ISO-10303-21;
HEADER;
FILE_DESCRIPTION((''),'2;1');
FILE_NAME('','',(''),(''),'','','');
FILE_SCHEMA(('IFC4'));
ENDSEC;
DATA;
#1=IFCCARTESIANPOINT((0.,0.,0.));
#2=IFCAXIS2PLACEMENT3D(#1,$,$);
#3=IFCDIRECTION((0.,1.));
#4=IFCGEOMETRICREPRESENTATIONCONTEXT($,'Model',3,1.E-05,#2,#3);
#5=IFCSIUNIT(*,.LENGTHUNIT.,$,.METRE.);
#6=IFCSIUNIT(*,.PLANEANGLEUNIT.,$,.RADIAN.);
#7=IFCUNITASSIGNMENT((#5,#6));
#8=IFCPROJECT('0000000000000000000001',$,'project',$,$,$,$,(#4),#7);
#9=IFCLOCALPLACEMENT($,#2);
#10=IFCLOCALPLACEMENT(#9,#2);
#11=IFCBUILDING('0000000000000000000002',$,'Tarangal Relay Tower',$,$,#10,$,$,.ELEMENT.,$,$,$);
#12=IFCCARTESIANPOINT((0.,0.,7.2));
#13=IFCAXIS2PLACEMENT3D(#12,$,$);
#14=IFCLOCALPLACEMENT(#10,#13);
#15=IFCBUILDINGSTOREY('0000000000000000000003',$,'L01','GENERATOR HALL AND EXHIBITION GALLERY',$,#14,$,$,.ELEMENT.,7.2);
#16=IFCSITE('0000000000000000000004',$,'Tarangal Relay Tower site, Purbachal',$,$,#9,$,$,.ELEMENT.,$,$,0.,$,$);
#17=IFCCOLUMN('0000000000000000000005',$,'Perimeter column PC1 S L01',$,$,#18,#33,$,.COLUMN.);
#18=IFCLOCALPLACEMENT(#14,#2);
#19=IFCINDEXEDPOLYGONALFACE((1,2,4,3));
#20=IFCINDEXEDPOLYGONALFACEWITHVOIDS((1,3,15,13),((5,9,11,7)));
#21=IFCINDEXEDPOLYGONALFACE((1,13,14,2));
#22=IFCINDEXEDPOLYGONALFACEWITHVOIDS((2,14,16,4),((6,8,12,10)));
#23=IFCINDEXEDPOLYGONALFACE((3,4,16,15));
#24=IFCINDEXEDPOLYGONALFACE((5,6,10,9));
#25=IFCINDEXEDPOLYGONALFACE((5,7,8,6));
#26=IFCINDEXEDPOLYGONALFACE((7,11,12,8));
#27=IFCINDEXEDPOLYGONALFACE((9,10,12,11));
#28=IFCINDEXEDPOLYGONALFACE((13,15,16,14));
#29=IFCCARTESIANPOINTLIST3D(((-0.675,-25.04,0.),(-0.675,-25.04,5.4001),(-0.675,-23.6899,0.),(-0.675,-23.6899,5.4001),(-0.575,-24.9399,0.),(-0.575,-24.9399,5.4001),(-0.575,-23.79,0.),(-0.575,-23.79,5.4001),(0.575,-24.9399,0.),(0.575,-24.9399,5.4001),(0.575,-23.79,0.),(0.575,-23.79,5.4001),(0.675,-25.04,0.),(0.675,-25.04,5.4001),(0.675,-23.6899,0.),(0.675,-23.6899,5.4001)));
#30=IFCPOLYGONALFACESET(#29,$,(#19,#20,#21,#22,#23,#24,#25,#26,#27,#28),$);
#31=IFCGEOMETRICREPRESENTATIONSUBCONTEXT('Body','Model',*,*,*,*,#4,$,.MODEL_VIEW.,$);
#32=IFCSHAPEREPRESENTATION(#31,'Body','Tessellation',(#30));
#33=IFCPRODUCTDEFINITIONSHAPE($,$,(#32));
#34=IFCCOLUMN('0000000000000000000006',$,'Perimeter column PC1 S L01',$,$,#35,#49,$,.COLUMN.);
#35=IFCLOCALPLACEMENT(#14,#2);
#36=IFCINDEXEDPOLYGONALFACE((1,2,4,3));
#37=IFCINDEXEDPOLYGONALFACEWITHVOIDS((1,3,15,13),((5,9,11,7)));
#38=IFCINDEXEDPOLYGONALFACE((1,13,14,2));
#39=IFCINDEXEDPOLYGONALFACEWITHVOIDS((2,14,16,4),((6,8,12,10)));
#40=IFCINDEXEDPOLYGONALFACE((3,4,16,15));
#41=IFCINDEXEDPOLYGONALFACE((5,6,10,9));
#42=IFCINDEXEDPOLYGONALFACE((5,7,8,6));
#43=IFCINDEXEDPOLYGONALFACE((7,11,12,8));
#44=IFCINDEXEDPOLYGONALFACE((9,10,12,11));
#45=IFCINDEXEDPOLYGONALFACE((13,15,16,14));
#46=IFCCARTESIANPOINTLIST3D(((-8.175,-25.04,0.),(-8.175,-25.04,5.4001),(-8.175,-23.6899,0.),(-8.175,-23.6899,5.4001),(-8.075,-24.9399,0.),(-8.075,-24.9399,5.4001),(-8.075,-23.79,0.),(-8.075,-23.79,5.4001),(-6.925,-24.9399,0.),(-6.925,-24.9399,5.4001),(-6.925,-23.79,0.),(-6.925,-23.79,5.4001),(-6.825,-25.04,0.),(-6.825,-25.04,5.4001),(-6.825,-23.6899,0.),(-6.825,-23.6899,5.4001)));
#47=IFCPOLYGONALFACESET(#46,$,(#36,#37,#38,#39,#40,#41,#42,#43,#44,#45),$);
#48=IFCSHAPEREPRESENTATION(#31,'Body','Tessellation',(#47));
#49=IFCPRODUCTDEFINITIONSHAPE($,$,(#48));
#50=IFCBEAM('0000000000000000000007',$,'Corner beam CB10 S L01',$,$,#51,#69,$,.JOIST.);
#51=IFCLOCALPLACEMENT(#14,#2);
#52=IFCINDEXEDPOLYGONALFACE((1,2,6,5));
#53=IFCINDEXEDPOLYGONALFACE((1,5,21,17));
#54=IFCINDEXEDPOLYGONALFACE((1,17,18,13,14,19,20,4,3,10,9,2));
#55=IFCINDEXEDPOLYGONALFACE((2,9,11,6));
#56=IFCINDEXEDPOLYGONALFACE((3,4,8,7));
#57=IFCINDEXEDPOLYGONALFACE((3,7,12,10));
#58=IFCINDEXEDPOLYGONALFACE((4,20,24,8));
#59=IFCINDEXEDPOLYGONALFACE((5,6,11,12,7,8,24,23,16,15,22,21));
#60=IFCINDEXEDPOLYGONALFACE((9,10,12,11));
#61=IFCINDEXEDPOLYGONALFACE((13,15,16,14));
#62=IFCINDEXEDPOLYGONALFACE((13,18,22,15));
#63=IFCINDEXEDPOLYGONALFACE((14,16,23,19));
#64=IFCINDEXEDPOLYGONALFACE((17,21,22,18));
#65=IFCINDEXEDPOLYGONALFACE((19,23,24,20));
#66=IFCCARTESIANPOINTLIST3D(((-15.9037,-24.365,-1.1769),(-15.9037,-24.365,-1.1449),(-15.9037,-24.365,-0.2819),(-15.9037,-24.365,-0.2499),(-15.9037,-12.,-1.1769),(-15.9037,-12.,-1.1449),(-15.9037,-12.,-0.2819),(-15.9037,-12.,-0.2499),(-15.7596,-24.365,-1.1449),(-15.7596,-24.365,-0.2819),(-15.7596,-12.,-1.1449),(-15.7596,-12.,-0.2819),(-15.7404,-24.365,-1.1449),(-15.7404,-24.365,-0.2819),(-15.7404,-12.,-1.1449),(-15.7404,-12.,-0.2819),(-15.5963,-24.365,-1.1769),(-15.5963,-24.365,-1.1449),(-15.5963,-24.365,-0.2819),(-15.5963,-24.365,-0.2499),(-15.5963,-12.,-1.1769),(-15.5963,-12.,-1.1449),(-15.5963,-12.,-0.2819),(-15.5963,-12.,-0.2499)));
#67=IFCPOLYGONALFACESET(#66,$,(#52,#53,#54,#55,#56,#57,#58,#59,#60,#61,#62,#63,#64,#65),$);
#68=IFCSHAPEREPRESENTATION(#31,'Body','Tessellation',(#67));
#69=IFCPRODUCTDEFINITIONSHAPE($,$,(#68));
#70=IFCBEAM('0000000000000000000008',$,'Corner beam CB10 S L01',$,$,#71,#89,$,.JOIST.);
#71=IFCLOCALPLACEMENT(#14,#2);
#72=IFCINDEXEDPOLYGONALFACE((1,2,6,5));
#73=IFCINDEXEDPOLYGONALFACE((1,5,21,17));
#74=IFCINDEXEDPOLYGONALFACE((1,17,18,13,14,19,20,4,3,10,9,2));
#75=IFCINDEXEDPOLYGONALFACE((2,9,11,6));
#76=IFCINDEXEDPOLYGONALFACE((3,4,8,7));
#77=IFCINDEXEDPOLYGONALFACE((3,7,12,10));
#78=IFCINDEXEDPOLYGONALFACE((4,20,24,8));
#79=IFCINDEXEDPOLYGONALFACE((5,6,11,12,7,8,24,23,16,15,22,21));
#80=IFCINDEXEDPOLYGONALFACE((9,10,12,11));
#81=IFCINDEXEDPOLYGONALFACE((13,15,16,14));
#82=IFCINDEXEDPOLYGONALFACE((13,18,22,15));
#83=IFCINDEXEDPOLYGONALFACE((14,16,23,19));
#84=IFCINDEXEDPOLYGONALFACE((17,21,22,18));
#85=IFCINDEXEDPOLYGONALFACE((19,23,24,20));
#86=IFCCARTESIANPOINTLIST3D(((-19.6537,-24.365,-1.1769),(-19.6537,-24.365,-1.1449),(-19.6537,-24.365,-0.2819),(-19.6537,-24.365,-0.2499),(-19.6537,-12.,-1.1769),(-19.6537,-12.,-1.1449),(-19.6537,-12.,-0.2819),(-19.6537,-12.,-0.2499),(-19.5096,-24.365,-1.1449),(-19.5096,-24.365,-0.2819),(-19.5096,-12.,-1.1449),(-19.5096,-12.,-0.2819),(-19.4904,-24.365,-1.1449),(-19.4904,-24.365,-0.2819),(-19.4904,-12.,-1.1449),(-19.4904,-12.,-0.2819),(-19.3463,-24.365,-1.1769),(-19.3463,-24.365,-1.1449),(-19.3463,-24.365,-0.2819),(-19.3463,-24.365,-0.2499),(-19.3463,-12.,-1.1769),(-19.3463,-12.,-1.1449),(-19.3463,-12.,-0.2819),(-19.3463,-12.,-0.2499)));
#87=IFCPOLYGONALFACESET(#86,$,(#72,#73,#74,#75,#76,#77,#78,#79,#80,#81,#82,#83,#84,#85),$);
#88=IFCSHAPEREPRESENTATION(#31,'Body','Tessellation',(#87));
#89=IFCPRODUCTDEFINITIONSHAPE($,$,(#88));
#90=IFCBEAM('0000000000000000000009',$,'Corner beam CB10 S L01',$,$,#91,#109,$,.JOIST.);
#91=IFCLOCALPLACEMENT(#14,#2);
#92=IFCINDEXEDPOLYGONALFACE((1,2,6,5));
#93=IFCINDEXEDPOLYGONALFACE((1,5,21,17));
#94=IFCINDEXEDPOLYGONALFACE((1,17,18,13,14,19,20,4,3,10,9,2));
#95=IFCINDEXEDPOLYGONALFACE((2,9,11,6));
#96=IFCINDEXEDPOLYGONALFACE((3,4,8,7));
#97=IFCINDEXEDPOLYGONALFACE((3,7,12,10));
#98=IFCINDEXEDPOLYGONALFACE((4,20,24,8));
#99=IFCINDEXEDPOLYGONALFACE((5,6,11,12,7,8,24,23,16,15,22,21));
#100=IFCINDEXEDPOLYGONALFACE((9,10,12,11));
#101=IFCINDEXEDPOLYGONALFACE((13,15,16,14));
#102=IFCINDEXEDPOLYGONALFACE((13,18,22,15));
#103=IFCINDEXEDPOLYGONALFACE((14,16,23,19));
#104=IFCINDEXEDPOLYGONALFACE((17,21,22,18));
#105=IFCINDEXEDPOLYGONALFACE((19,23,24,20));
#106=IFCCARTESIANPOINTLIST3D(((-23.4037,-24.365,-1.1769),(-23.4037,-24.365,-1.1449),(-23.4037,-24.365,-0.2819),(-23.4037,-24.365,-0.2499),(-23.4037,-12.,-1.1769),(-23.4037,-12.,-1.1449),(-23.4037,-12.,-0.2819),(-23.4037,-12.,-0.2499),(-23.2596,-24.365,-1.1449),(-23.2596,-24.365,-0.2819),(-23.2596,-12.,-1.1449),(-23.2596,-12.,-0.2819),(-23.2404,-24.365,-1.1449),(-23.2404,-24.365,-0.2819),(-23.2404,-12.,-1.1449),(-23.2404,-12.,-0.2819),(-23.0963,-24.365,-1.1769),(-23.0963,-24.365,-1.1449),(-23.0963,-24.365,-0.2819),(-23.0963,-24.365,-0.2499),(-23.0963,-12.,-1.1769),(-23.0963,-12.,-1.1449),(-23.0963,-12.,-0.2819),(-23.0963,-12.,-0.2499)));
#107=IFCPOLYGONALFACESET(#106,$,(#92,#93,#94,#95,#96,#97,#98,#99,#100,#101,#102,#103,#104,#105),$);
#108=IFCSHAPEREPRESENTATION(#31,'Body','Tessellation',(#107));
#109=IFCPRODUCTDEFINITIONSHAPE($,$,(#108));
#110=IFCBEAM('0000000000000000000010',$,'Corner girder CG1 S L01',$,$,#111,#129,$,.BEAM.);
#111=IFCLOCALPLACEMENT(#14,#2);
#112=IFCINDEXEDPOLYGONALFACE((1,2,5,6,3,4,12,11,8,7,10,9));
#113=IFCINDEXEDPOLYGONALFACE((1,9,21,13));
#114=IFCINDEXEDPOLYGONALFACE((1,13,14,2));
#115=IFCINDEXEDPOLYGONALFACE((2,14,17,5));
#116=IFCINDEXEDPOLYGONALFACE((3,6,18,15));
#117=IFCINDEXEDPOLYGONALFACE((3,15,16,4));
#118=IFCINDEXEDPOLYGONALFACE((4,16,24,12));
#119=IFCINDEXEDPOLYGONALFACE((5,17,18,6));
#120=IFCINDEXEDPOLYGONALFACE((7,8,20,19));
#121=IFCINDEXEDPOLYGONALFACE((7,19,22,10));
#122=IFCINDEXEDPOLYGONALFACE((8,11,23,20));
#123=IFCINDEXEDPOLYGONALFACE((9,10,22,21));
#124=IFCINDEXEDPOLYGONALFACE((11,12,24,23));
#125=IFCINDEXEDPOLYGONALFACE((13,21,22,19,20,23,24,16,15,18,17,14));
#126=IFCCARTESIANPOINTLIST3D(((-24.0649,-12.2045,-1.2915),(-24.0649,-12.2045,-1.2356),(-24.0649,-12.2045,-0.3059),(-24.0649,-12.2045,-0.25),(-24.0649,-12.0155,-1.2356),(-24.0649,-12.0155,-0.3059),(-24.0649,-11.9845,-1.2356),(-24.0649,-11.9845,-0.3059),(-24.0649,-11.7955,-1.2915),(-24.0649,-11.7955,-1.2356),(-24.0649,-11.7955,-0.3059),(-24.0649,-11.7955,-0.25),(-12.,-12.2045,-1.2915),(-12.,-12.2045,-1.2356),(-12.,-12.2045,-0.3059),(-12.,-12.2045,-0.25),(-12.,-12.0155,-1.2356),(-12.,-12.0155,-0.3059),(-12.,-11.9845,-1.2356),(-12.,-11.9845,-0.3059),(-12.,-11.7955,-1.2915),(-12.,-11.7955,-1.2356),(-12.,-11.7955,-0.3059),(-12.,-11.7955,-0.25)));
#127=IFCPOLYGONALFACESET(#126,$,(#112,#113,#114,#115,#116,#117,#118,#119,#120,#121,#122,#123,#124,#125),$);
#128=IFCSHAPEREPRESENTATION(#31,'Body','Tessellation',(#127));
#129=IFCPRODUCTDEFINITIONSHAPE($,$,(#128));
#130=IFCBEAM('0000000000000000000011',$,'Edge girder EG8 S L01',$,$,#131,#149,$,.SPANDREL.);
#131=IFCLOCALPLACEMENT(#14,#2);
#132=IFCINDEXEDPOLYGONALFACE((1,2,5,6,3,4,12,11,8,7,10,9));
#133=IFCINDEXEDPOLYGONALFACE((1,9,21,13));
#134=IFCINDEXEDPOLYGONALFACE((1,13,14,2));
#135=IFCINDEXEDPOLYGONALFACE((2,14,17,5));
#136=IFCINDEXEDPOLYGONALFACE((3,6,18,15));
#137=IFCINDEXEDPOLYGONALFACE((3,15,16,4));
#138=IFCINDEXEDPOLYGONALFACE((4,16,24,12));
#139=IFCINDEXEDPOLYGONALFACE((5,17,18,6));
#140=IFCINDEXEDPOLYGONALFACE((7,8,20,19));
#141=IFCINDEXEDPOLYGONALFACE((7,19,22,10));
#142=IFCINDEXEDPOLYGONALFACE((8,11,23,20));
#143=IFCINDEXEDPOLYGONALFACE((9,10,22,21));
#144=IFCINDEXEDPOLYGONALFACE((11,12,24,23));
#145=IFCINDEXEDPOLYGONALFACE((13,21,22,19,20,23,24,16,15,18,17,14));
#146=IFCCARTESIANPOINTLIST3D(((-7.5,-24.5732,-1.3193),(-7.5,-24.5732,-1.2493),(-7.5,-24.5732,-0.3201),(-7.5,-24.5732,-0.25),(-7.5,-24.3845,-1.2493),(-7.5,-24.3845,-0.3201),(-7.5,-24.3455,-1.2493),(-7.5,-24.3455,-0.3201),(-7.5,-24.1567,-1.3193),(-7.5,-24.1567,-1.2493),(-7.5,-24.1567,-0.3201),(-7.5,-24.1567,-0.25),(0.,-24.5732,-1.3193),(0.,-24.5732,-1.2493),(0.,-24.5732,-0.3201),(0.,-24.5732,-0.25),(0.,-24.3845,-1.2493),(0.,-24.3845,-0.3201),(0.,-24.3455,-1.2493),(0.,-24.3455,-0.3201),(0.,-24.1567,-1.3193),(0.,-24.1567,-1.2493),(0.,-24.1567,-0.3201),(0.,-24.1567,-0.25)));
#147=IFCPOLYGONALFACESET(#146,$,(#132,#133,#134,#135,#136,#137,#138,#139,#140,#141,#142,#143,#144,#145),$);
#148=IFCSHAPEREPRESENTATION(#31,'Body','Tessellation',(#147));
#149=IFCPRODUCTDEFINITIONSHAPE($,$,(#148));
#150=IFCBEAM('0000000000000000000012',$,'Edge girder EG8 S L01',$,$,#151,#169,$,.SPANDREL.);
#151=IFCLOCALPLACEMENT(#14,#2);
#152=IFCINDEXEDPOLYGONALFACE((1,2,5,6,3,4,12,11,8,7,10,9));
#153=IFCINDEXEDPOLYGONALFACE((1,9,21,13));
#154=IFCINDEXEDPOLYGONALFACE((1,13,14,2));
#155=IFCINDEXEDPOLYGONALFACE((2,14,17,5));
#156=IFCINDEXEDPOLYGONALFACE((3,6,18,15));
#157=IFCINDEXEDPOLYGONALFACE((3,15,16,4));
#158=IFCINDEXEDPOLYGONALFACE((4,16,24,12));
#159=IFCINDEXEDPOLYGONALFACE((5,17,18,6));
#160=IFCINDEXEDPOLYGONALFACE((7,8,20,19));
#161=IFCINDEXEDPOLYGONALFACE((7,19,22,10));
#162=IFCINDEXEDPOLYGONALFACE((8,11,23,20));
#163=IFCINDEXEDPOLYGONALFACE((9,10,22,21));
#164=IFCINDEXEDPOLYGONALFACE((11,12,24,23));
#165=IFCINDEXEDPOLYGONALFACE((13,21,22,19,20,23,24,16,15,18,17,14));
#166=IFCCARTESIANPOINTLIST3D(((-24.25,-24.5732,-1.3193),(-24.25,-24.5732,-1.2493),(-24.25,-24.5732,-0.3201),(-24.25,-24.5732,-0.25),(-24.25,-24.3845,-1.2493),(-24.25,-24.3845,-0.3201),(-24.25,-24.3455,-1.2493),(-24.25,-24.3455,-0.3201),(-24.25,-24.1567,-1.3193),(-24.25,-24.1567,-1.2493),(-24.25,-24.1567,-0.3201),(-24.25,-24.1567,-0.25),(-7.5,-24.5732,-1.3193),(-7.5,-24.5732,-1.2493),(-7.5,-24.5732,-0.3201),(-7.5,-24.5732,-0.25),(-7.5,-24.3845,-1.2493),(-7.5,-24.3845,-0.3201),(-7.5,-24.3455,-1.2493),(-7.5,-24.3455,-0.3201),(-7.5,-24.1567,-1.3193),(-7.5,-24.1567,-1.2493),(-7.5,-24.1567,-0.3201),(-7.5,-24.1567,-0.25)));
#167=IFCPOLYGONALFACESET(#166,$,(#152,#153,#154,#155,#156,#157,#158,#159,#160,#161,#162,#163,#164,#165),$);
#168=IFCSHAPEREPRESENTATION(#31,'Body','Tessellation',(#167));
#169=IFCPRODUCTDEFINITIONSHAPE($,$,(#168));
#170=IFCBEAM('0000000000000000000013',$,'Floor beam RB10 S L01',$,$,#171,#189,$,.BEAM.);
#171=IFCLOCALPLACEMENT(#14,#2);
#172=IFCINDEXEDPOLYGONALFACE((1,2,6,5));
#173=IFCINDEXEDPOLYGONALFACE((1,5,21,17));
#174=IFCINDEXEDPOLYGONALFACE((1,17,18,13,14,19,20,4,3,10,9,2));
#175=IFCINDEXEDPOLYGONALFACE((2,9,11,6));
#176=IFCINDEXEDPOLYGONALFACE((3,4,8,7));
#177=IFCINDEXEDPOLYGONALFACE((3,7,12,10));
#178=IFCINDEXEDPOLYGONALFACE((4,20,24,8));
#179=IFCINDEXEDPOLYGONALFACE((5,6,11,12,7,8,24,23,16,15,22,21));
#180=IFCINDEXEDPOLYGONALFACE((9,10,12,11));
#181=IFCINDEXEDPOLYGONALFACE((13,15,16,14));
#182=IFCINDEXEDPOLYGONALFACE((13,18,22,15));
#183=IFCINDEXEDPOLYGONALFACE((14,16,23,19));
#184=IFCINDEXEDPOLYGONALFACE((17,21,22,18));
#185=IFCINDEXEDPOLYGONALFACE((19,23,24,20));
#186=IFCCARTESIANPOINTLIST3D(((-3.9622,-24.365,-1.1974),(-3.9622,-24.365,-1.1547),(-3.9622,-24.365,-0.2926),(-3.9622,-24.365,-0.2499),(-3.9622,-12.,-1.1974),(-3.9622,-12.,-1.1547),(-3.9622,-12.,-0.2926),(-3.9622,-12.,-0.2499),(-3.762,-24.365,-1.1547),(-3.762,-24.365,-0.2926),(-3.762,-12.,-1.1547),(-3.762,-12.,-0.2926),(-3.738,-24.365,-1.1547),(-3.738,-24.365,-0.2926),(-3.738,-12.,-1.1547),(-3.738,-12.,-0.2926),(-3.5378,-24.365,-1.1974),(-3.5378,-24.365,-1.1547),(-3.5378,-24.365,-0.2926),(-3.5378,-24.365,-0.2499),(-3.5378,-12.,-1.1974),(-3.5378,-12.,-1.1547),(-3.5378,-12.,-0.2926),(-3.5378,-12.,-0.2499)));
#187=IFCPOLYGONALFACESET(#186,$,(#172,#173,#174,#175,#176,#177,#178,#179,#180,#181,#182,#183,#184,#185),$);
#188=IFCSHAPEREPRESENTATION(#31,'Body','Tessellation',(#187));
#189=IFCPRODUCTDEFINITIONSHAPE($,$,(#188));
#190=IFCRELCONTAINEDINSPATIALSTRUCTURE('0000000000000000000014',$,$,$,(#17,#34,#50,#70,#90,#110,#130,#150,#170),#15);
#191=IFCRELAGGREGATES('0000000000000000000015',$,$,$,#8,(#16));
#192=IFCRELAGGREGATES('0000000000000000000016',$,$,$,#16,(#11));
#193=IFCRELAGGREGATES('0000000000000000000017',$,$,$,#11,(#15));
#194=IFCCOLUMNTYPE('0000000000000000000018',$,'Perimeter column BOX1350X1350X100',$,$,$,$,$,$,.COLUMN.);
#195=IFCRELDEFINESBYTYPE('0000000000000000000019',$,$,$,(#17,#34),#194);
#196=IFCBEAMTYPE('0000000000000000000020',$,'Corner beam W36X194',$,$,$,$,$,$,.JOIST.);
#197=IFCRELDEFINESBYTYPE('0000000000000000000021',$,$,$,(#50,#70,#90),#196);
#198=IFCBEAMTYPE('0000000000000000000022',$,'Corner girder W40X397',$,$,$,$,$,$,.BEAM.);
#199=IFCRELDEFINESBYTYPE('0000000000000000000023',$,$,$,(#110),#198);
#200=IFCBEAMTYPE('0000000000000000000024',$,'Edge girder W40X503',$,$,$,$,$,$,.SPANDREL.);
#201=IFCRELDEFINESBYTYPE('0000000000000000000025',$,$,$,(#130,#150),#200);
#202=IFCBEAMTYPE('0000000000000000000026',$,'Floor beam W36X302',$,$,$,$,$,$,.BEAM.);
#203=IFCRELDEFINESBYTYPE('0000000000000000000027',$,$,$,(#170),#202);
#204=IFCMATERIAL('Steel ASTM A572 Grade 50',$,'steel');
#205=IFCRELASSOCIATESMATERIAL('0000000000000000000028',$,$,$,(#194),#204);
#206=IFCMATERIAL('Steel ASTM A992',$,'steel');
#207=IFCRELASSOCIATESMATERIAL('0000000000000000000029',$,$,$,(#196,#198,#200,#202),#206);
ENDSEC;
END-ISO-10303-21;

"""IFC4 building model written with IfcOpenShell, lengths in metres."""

from ifc_helpers import new_model, si_unit, direction, frame, origin, origin_2d, place, context, subcontext, project, spatial, hollow_rectangle, i_section, extrude, material, material_profile, profile_set, type_object, element, save


model = new_model("IFC4")

# Units and contexts
model_context = context("Model", 3, precision=1e-05, world=origin(), true_north=direction((0.0, 1.0)))
body_context = subcontext(model_context, "Body", "Model", "MODEL_VIEW")
ifc_project = project(units=[si_unit("LENGTHUNIT", "METRE"), si_unit("PLANEANGLEUNIT", "RADIAN")], contexts=[model_context])

# Site, building, storey
site_placement = place(None, origin())
site = spatial("IfcSite", under=ifc_project, at=site_placement, Name="Tarangal Relay Tower site, Purbachal", CompositionType="ELEMENT", RefElevation=0.0)
building_placement = place(site_placement, origin())
building = spatial("IfcBuilding", under=site, at=building_placement, Name="Tarangal Relay Tower", CompositionType="ELEMENT")
storey_placement = place(building_placement, frame((0.0, 0.0, 7.2)))
storey = spatial("IfcBuildingStorey", under=building, at=storey_placement, Name="L01", Description="GENERATOR HALL AND EXHIBITION GALLERY", CompositionType="ELEMENT", Elevation=7.2)

# Columns
ifc_material_1 = material(Name="Steel ASTM A572 Grade 50", Category="steel")
ifc_material_profile_1 = material_profile(ifc_material_1, hollow_rectangle(XDim=1.3501, YDim=1.3501, WallThickness=0.1001, at=origin_2d()), Name="BOX1350X1350X100")
ifc_profile_set_1 = profile_set([ifc_material_profile_1], Name="Steel ASTM A572 Grade 50")
column_type = type_object("IfcColumnType", Name="Perimeter column BOX1350X1350X100", PredefinedType="COLUMN", material=ifc_profile_set_1)
for number, where, z_axis, x_axis, name in (
    (1, (0.0, -24.365, 0.0), (0.0, 0.0, 1.0), (1.0, 0.0, 0.0), "Perimeter column PC1 S L01"),
    (2, (-7.5, -24.365, 0.0), (0.0, 0.0, 1.0), (1.0, 0.0, 0.0), "Perimeter column PC1 S L01"),
):
    element("IfcColumn", number, at=place(storey_placement, frame(where, z_axis=z_axis, x_axis=x_axis)), inside=storey, type_object=column_type, Name=name, PredefinedType="COLUMN", context=body_context, shape_type="SweptSolid", body=[
        extrude(hollow_rectangle(XDim=1.3501, YDim=1.3501, WallThickness=0.1001, at=origin_2d()), origin(), (0.0, 0.0, 1.0), 5.4001),
    ])

# Beams
ifc_material_2 = material(Name="Steel ASTM A992", Category="steel")
ifc_material_profile_2 = material_profile(ifc_material_2, i_section(OverallWidth=0.3074, OverallDepth=0.927, WebThickness=0.0193, FlangeThickness=0.032, at=origin_2d()), Name="W36X194")
ifc_profile_set_2 = profile_set([ifc_material_profile_2], Name="Steel ASTM A992")
beam_type_1 = type_object("IfcBeamType", Name="Corner beam W36X194", PredefinedType="JOIST", material=ifc_profile_set_2)
for number, where, z_axis, x_axis, name in (
    (3, (-15.75, -12.0, -0.7134), (0.0, -1.0, 0.0), (1.0, 0.0, 0.0), "Corner beam CB10 S L01"),
    (4, (-19.5, -12.0, -0.7134), (0.0, -1.0, 0.0), (1.0, 0.0, 0.0), "Corner beam CB10 S L01"),
    (5, (-23.25, -12.0, -0.7134), (0.0, -1.0, 0.0), (1.0, 0.0, 0.0), "Corner beam CB10 S L01"),
):
    element("IfcBeam", number, at=place(storey_placement, frame(where, z_axis=z_axis, x_axis=x_axis)), inside=storey, type_object=beam_type_1, Name=name, PredefinedType="JOIST", context=body_context, shape_type="SweptSolid", body=[
        extrude(i_section(OverallWidth=0.3074, OverallDepth=0.927, WebThickness=0.0193, FlangeThickness=0.032, at=origin_2d()), origin(), (0.0, 0.0, 1.0), 12.365),
    ])
ifc_material_profile_3 = material_profile(ifc_material_2, i_section(OverallWidth=0.4089, OverallDepth=1.0415, WebThickness=0.031, FlangeThickness=0.0559, at=origin_2d()), Name="W40X397")
ifc_profile_set_3 = profile_set([ifc_material_profile_3], Name="Steel ASTM A992")
beam_type_2 = type_object("IfcBeamType", Name="Corner girder W40X397", PredefinedType="BEAM", material=ifc_profile_set_3)
beam_1_placement = place(storey_placement, frame((-12.0, -12.0, -0.7708), z_axis=(-1.0, 0.0, 0.0), x_axis=(0.0, -1.0, 0.0)))
element("IfcBeam", 6, at=beam_1_placement, inside=storey, type_object=beam_type_2, Name="Corner girder CG1 S L01", PredefinedType="BEAM", context=body_context, shape_type="SweptSolid", body=[
    extrude(i_section(OverallWidth=0.4089, OverallDepth=1.0415, WebThickness=0.031, FlangeThickness=0.0559, at=origin_2d()), origin(), (0.0, 0.0, 1.0), 12.0649),
])
ifc_material_profile_4 = material_profile(ifc_material_2, i_section(OverallWidth=0.4165, OverallDepth=1.0693, WebThickness=0.0391, FlangeThickness=0.0701, at=origin_2d()), Name="W40X503")
ifc_profile_set_4 = profile_set([ifc_material_profile_4], Name="Steel ASTM A992")
beam_type_3 = type_object("IfcBeamType", Name="Edge girder W40X503", PredefinedType="SPANDREL", material=ifc_profile_set_4)
beam_2_placement = place(storey_placement, frame((0.0, -24.365, -0.7847), z_axis=(-1.0, 0.0, 0.0), x_axis=(0.0, -1.0, 0.0)))
element("IfcBeam", 7, at=beam_2_placement, inside=storey, type_object=beam_type_3, Name="Edge girder EG8 S L01", PredefinedType="SPANDREL", context=body_context, shape_type="SweptSolid", body=[
    extrude(i_section(OverallWidth=0.4165, OverallDepth=1.0693, WebThickness=0.0391, FlangeThickness=0.0701, at=origin_2d()), origin(), (0.0, 0.0, 1.0), 7.5),
])
beam_3_placement = place(storey_placement, frame((-7.5, -24.365, -0.7847), z_axis=(-1.0, 0.0, 0.0), x_axis=(0.0, -1.0, 0.0)))
element("IfcBeam", 8, at=beam_3_placement, inside=storey, type_object=beam_type_3, Name="Edge girder EG8 S L01", PredefinedType="SPANDREL", context=body_context, shape_type="SweptSolid", body=[
    extrude(i_section(OverallWidth=0.4165, OverallDepth=1.0693, WebThickness=0.0391, FlangeThickness=0.0701, at=origin_2d()), origin(), (0.0, 0.0, 1.0), 16.75),
])
ifc_material_profile_5 = material_profile(ifc_material_2, i_section(OverallWidth=0.4243, OverallDepth=0.9475, WebThickness=0.0239, FlangeThickness=0.0427, at=origin_2d()), Name="W36X302")
ifc_profile_set_5 = profile_set([ifc_material_profile_5], Name="Steel ASTM A992")
beam_type_4 = type_object("IfcBeamType", Name="Floor beam W36X302", PredefinedType="BEAM", material=ifc_profile_set_5)
for number, where, z_axis, x_axis, name in (
    (9, (-3.75, -12.0, -0.7236), (0.0, -1.0, 0.0), (1.0, 0.0, 0.0), "Floor beam RB10 S L01"),
):
    element("IfcBeam", number, at=place(storey_placement, frame(where, z_axis=z_axis, x_axis=x_axis)), inside=storey, type_object=beam_type_4, Name=name, PredefinedType="BEAM", context=body_context, shape_type="SweptSolid", body=[
        extrude(i_section(OverallWidth=0.4243, OverallDepth=0.9475, WebThickness=0.0239, FlangeThickness=0.0427, at=origin_2d()), origin(), (0.0, 0.0, 1.0), 12.365),
    ])

save(model, "model.ifc")
